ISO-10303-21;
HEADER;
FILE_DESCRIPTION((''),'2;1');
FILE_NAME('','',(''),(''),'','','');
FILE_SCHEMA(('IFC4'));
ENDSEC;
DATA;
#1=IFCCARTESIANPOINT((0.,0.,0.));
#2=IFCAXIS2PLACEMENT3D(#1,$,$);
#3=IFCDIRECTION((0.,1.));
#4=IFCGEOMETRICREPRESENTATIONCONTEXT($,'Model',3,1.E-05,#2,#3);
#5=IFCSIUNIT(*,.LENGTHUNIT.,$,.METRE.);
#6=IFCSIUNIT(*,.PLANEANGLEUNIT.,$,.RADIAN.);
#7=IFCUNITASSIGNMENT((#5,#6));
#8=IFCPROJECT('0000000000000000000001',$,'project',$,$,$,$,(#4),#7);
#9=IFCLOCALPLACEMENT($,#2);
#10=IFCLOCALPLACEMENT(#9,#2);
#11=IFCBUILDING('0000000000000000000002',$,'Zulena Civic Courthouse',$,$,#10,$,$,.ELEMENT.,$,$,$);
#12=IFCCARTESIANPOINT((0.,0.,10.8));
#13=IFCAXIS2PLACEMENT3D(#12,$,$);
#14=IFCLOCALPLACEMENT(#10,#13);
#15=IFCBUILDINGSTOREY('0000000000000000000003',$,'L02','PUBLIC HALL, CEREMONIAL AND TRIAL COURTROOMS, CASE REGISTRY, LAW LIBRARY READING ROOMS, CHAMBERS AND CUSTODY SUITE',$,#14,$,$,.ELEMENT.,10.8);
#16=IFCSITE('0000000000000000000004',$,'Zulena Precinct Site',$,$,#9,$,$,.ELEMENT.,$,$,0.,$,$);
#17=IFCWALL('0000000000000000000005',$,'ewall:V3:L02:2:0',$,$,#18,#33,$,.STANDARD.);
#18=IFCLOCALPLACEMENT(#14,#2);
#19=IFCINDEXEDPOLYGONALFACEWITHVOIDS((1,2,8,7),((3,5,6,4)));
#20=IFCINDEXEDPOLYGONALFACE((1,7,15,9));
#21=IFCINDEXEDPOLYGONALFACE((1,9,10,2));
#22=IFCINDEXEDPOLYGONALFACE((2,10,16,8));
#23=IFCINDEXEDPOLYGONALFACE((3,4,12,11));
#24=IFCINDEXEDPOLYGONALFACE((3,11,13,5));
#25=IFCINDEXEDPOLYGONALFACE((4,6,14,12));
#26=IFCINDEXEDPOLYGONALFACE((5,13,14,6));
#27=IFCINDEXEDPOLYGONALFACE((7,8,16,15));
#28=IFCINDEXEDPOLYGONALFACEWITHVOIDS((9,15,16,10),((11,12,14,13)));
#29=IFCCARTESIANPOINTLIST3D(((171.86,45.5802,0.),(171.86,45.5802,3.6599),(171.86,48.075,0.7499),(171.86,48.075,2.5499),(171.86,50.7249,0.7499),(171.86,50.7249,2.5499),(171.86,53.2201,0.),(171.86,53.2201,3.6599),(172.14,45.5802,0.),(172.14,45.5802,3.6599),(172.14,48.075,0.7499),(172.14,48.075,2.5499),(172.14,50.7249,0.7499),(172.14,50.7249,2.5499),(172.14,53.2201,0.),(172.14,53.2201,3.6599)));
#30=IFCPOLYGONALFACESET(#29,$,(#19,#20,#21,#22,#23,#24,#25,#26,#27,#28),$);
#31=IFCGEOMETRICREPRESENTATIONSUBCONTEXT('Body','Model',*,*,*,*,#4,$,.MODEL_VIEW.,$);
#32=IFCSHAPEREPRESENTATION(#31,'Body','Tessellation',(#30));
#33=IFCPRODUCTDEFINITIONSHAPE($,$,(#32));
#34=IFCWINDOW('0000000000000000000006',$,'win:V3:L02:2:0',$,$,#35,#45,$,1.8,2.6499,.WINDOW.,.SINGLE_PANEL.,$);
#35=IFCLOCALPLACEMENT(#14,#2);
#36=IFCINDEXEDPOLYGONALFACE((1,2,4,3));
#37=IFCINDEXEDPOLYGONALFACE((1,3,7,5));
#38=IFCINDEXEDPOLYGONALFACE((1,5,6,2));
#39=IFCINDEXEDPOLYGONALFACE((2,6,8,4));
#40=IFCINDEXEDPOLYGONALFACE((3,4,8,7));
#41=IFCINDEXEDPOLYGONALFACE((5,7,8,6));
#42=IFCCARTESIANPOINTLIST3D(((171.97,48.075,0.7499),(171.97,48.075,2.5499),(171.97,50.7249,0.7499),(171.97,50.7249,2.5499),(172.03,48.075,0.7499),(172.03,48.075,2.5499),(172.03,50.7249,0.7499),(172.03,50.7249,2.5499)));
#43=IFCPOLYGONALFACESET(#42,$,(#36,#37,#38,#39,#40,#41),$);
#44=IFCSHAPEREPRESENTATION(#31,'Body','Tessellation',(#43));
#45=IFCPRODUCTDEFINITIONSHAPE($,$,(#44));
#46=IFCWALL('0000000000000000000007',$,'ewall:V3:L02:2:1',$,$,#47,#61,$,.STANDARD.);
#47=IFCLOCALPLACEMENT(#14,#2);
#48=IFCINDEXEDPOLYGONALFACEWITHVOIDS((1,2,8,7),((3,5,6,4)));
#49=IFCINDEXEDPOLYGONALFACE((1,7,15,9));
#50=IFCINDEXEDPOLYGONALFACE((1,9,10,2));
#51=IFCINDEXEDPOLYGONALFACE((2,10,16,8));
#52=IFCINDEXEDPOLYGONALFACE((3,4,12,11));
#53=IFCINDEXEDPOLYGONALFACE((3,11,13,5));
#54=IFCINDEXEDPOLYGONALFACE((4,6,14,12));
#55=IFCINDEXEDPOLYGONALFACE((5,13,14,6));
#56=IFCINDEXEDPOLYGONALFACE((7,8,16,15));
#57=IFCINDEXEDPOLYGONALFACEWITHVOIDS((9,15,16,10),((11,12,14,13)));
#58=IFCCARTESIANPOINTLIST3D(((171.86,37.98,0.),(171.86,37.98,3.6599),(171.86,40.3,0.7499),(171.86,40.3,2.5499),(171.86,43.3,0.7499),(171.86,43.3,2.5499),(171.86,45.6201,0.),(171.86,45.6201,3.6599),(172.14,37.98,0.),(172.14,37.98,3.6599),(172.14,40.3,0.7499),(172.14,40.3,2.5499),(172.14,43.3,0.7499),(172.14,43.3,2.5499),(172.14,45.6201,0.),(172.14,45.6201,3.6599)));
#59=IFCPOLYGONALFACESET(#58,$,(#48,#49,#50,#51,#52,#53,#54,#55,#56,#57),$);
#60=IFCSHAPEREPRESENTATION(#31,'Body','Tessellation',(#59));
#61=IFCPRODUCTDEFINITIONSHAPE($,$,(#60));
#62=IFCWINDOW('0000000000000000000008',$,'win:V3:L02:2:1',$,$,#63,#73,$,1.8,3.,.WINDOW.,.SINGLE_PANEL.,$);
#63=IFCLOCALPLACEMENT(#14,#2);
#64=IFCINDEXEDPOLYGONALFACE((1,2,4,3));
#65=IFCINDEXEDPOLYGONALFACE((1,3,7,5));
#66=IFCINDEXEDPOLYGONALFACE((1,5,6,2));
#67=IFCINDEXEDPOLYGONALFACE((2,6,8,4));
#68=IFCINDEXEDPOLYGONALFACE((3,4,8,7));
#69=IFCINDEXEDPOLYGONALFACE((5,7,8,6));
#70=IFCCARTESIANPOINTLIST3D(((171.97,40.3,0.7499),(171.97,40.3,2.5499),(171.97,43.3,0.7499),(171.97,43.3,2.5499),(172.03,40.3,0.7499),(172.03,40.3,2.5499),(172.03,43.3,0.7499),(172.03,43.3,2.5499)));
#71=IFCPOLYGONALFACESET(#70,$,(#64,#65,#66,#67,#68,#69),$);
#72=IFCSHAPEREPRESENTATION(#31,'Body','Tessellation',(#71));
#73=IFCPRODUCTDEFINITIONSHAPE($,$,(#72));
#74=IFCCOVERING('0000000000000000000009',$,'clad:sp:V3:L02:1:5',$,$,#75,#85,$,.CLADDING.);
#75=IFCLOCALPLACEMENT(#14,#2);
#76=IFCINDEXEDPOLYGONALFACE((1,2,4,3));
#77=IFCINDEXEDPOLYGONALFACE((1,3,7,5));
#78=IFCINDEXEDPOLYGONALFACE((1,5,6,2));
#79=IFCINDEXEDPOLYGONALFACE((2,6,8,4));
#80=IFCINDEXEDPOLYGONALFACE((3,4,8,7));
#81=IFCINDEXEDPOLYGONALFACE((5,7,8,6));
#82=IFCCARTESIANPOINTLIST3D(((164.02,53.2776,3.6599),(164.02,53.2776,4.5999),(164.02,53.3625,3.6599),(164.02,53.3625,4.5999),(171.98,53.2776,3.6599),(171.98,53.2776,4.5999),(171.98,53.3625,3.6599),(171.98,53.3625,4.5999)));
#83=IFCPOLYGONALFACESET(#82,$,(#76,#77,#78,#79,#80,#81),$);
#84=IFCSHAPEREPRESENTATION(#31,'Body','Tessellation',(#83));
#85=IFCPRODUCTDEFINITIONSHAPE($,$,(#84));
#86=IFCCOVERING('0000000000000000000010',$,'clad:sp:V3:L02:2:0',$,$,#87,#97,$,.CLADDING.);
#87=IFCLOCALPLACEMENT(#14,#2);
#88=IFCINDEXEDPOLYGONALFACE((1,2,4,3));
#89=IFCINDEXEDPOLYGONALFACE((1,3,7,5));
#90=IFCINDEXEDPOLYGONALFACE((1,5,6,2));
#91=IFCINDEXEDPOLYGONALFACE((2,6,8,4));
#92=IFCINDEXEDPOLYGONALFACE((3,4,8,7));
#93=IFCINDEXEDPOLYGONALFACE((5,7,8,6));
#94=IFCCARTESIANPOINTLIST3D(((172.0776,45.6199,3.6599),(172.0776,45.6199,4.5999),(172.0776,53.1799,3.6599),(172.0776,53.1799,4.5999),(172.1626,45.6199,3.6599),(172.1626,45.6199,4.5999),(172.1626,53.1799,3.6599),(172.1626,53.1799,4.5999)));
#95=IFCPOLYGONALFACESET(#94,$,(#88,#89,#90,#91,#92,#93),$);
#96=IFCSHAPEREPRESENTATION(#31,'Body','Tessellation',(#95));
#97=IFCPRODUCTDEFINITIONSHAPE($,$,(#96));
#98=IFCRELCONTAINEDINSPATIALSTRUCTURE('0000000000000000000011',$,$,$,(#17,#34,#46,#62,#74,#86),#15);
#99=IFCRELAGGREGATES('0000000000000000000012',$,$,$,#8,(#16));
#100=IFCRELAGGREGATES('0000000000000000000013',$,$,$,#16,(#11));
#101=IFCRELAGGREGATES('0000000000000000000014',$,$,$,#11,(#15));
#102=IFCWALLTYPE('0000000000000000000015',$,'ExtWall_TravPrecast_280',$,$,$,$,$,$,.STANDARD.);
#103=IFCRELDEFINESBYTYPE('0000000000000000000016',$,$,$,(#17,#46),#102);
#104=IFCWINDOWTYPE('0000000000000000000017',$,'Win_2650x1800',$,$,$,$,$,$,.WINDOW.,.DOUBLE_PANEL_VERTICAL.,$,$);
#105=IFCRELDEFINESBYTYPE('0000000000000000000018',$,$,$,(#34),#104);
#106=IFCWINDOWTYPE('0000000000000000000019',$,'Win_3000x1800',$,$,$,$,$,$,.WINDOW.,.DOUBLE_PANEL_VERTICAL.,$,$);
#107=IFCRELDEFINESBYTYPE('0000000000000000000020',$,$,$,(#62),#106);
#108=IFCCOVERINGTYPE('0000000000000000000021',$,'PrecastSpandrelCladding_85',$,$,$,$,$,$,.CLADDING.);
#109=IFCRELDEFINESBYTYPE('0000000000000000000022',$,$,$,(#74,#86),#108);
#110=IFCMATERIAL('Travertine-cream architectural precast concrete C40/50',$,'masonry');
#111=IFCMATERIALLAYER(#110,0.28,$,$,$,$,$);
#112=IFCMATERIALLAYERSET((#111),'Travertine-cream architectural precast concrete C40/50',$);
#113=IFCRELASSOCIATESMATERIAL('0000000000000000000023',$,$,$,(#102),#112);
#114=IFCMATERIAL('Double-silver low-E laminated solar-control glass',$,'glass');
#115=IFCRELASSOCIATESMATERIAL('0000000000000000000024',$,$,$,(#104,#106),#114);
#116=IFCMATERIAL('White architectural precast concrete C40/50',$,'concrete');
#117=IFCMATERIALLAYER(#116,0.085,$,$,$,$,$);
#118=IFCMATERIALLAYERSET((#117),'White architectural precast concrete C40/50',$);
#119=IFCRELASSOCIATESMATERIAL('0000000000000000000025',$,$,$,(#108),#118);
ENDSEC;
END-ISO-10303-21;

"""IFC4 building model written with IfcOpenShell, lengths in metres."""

from ifc_helpers import new_model, si_unit, direction, frame, frame_2d, origin, origin_2d, place, context, subcontext, project, spatial, rectangle, extrude, material, layer, layer_set, type_object, element, fill, save


model = new_model("IFC4")

# Units and contexts
model_context = context("Model", 3, precision=1e-05, world=origin(), true_north=direction((0.0, 1.0)))
body_context = subcontext(model_context, "Body", "Model", "MODEL_VIEW")
ifc_project = project(units=[si_unit("LENGTHUNIT", "METRE"), si_unit("PLANEANGLEUNIT", "RADIAN")], contexts=[model_context])

# Site, building, storey
site_placement = place(None, origin())
site = spatial("IfcSite", under=ifc_project, at=site_placement, Name="Zulena Precinct Site", CompositionType="ELEMENT", RefElevation=0.0)
building_placement = place(site_placement, origin())
building = spatial("IfcBuilding", under=site, at=building_placement, Name="Zulena Civic Courthouse", CompositionType="ELEMENT")
storey_placement = place(building_placement, frame((0.0, 0.0, 10.8)))
storey = spatial("IfcBuildingStorey", under=building, at=storey_placement, Name="L02", Description="PUBLIC HALL, CEREMONIAL AND TRIAL COURTROOMS, CASE REGISTRY, LAW LIBRARY READING ROOMS, CHAMBERS AND CUSTODY SUITE", CompositionType="ELEMENT", Elevation=10.8)

# Walls, openings, windows
ifc_material_1 = material(Name="Travertine-cream architectural precast concrete C40/50", Category="masonry")
ifc_layer_1 = layer(ifc_material_1, 0.28)
ifc_layer_set_1 = layer_set([ifc_layer_1], Name="Travertine-cream architectural precast concrete C40/50")
wall_type_1 = type_object("IfcWallType", Name="ExtWall_TravPrecast_280", PredefinedType="STANDARD", material=ifc_layer_set_1)
ifc_material_2 = material(Name="Double-silver low-E laminated solar-control glass", Category="glass")
wall_1_placement = place(storey_placement, frame((172.0, 53.22, 0.0), z_axis=(0.0, 0.0, 1.0), x_axis=(0.0, -1.0, 0.0)))
wall_1 = element("IfcWall", 1, at=wall_1_placement, inside=storey, type_object=wall_type_1, Name="ewall:V3:L02:2:0", PredefinedType="STANDARD", context=body_context, shape_type="SweptSolid", body=[
    extrude(rectangle(XDim=7.6399, YDim=0.28, at=frame_2d((3.8198, 0.0))), origin(), (0.0, 0.0, 1.0), 3.6599),
])
opening_1_placement = place(wall_1_placement, frame((2.4951, 0.0, 0.75)))
opening_1 = element("IfcOpeningElement", 2, at=opening_1_placement, cuts=wall_1, PredefinedType="OPENING", context=body_context, shape_type="SweptSolid", body=[
    extrude(rectangle(XDim=2.6499, YDim=1.8, at=frame_2d((1.325, 0.8999))), frame((0.0, 0.1499, 0.0), z_axis=(0.0, -1.0, 0.0), x_axis=(1.0, 0.0, 0.0)), (0.0, 0.0, 1.0), 0.3),
])
window_type_1 = type_object("IfcWindowType", Name="Win_2650x1800", PartitioningType="DOUBLE_PANEL_VERTICAL", PredefinedType="WINDOW", material=ifc_material_2)
window_1_placement = place(opening_1_placement, origin())
window_1 = element("IfcWindow", 3, at=window_1_placement, inside=storey, type_object=window_type_1, Name="win:V3:L02:2:0", OverallHeight=1.8, OverallWidth=2.6499, PartitioningType="SINGLE_PANEL", PredefinedType="WINDOW", context=body_context, shape_type="SweptSolid", body=[
    extrude(rectangle(XDim=2.6499, YDim=1.8, at=frame_2d((1.325, 0.8999))), frame((0.0, 0.03, 0.0), z_axis=(0.0, -1.0, 0.0), x_axis=(1.0, 0.0, 0.0)), (0.0, 0.0, 1.0), 0.0601),
])
fill(opening_1, window_1)
wall_2_placement = place(storey_placement, frame((172.0, 45.6201, 0.0), z_axis=(0.0, 0.0, 1.0), x_axis=(0.0, -1.0, 0.0)))
wall_2 = element("IfcWall", 4, at=wall_2_placement, inside=storey, type_object=wall_type_1, Name="ewall:V3:L02:2:1", PredefinedType="STANDARD", context=body_context, shape_type="SweptSolid", body=[
    extrude(rectangle(XDim=7.6401, YDim=0.28, at=frame_2d((3.8201, 0.0))), origin(), (0.0, 0.0, 1.0), 3.6599),
])
opening_2_placement = place(wall_2_placement, frame((2.3201, 0.0, 0.75)))
opening_2 = element("IfcOpeningElement", 5, at=opening_2_placement, cuts=wall_2, PredefinedType="OPENING", context=body_context, shape_type="SweptSolid", body=[
    extrude(rectangle(XDim=3.0, YDim=1.8, at=frame_2d((1.5, 0.8999))), frame((0.0, 0.1499, 0.0), z_axis=(0.0, -1.0, 0.0), x_axis=(1.0, 0.0, 0.0)), (0.0, 0.0, 1.0), 0.3),
])
window_type_2 = type_object("IfcWindowType", Name="Win_3000x1800", PartitioningType="DOUBLE_PANEL_VERTICAL", PredefinedType="WINDOW", material=ifc_material_2)
window_2_placement = place(opening_2_placement, origin())
window_2 = element("IfcWindow", 6, at=window_2_placement, inside=storey, type_object=window_type_2, Name="win:V3:L02:2:1", OverallHeight=1.8, OverallWidth=3.0, PartitioningType="SINGLE_PANEL", PredefinedType="WINDOW", context=body_context, shape_type="SweptSolid", body=[
    extrude(rectangle(XDim=3.0, YDim=1.8, at=frame_2d((1.5, 0.8999))), frame((0.0, 0.03, 0.0), z_axis=(0.0, -1.0, 0.0), x_axis=(1.0, 0.0, 0.0)), (0.0, 0.0, 1.0), 0.0601),
])
fill(opening_2, window_2)

# Coverings
ifc_material_3 = material(Name="White architectural precast concrete C40/50", Category="concrete")
ifc_layer_2 = layer(ifc_material_3, 0.085)
ifc_layer_set_2 = layer_set([ifc_layer_2], Name="White architectural precast concrete C40/50")
covering_type = type_object("IfcCoveringType", Name="PrecastSpandrelCladding_85", PredefinedType="CLADDING", material=ifc_layer_set_2)
covering_1_placement = place(storey_placement, frame((168.0, 53.3201, 3.6599), z_axis=(0.0, 0.0, 1.0), x_axis=(1.0, 0.0, 0.0)))
element("IfcCovering", 7, at=covering_1_placement, inside=storey, type_object=covering_type, Name="clad:sp:V3:L02:1:5", PredefinedType="CLADDING", context=body_context, shape_type="SweptSolid", body=[
    extrude(rectangle(XDim=7.96, YDim=0.085, at=origin_2d()), origin(), (0.0, 0.0, 1.0), 0.9399),
])
covering_2_placement = place(storey_placement, frame((172.1201, 49.3999, 3.6599), z_axis=(0.0, 0.0, 1.0), x_axis=(0.0, -1.0, 0.0)))
element("IfcCovering", 8, at=covering_2_placement, inside=storey, type_object=covering_type, Name="clad:sp:V3:L02:2:0", PredefinedType="CLADDING", context=body_context, shape_type="SweptSolid", body=[
    extrude(rectangle(XDim=7.5601, YDim=0.085, at=origin_2d()), origin(), (0.0, 0.0, 1.0), 0.9399),
])

save(model, "model.ifc")
